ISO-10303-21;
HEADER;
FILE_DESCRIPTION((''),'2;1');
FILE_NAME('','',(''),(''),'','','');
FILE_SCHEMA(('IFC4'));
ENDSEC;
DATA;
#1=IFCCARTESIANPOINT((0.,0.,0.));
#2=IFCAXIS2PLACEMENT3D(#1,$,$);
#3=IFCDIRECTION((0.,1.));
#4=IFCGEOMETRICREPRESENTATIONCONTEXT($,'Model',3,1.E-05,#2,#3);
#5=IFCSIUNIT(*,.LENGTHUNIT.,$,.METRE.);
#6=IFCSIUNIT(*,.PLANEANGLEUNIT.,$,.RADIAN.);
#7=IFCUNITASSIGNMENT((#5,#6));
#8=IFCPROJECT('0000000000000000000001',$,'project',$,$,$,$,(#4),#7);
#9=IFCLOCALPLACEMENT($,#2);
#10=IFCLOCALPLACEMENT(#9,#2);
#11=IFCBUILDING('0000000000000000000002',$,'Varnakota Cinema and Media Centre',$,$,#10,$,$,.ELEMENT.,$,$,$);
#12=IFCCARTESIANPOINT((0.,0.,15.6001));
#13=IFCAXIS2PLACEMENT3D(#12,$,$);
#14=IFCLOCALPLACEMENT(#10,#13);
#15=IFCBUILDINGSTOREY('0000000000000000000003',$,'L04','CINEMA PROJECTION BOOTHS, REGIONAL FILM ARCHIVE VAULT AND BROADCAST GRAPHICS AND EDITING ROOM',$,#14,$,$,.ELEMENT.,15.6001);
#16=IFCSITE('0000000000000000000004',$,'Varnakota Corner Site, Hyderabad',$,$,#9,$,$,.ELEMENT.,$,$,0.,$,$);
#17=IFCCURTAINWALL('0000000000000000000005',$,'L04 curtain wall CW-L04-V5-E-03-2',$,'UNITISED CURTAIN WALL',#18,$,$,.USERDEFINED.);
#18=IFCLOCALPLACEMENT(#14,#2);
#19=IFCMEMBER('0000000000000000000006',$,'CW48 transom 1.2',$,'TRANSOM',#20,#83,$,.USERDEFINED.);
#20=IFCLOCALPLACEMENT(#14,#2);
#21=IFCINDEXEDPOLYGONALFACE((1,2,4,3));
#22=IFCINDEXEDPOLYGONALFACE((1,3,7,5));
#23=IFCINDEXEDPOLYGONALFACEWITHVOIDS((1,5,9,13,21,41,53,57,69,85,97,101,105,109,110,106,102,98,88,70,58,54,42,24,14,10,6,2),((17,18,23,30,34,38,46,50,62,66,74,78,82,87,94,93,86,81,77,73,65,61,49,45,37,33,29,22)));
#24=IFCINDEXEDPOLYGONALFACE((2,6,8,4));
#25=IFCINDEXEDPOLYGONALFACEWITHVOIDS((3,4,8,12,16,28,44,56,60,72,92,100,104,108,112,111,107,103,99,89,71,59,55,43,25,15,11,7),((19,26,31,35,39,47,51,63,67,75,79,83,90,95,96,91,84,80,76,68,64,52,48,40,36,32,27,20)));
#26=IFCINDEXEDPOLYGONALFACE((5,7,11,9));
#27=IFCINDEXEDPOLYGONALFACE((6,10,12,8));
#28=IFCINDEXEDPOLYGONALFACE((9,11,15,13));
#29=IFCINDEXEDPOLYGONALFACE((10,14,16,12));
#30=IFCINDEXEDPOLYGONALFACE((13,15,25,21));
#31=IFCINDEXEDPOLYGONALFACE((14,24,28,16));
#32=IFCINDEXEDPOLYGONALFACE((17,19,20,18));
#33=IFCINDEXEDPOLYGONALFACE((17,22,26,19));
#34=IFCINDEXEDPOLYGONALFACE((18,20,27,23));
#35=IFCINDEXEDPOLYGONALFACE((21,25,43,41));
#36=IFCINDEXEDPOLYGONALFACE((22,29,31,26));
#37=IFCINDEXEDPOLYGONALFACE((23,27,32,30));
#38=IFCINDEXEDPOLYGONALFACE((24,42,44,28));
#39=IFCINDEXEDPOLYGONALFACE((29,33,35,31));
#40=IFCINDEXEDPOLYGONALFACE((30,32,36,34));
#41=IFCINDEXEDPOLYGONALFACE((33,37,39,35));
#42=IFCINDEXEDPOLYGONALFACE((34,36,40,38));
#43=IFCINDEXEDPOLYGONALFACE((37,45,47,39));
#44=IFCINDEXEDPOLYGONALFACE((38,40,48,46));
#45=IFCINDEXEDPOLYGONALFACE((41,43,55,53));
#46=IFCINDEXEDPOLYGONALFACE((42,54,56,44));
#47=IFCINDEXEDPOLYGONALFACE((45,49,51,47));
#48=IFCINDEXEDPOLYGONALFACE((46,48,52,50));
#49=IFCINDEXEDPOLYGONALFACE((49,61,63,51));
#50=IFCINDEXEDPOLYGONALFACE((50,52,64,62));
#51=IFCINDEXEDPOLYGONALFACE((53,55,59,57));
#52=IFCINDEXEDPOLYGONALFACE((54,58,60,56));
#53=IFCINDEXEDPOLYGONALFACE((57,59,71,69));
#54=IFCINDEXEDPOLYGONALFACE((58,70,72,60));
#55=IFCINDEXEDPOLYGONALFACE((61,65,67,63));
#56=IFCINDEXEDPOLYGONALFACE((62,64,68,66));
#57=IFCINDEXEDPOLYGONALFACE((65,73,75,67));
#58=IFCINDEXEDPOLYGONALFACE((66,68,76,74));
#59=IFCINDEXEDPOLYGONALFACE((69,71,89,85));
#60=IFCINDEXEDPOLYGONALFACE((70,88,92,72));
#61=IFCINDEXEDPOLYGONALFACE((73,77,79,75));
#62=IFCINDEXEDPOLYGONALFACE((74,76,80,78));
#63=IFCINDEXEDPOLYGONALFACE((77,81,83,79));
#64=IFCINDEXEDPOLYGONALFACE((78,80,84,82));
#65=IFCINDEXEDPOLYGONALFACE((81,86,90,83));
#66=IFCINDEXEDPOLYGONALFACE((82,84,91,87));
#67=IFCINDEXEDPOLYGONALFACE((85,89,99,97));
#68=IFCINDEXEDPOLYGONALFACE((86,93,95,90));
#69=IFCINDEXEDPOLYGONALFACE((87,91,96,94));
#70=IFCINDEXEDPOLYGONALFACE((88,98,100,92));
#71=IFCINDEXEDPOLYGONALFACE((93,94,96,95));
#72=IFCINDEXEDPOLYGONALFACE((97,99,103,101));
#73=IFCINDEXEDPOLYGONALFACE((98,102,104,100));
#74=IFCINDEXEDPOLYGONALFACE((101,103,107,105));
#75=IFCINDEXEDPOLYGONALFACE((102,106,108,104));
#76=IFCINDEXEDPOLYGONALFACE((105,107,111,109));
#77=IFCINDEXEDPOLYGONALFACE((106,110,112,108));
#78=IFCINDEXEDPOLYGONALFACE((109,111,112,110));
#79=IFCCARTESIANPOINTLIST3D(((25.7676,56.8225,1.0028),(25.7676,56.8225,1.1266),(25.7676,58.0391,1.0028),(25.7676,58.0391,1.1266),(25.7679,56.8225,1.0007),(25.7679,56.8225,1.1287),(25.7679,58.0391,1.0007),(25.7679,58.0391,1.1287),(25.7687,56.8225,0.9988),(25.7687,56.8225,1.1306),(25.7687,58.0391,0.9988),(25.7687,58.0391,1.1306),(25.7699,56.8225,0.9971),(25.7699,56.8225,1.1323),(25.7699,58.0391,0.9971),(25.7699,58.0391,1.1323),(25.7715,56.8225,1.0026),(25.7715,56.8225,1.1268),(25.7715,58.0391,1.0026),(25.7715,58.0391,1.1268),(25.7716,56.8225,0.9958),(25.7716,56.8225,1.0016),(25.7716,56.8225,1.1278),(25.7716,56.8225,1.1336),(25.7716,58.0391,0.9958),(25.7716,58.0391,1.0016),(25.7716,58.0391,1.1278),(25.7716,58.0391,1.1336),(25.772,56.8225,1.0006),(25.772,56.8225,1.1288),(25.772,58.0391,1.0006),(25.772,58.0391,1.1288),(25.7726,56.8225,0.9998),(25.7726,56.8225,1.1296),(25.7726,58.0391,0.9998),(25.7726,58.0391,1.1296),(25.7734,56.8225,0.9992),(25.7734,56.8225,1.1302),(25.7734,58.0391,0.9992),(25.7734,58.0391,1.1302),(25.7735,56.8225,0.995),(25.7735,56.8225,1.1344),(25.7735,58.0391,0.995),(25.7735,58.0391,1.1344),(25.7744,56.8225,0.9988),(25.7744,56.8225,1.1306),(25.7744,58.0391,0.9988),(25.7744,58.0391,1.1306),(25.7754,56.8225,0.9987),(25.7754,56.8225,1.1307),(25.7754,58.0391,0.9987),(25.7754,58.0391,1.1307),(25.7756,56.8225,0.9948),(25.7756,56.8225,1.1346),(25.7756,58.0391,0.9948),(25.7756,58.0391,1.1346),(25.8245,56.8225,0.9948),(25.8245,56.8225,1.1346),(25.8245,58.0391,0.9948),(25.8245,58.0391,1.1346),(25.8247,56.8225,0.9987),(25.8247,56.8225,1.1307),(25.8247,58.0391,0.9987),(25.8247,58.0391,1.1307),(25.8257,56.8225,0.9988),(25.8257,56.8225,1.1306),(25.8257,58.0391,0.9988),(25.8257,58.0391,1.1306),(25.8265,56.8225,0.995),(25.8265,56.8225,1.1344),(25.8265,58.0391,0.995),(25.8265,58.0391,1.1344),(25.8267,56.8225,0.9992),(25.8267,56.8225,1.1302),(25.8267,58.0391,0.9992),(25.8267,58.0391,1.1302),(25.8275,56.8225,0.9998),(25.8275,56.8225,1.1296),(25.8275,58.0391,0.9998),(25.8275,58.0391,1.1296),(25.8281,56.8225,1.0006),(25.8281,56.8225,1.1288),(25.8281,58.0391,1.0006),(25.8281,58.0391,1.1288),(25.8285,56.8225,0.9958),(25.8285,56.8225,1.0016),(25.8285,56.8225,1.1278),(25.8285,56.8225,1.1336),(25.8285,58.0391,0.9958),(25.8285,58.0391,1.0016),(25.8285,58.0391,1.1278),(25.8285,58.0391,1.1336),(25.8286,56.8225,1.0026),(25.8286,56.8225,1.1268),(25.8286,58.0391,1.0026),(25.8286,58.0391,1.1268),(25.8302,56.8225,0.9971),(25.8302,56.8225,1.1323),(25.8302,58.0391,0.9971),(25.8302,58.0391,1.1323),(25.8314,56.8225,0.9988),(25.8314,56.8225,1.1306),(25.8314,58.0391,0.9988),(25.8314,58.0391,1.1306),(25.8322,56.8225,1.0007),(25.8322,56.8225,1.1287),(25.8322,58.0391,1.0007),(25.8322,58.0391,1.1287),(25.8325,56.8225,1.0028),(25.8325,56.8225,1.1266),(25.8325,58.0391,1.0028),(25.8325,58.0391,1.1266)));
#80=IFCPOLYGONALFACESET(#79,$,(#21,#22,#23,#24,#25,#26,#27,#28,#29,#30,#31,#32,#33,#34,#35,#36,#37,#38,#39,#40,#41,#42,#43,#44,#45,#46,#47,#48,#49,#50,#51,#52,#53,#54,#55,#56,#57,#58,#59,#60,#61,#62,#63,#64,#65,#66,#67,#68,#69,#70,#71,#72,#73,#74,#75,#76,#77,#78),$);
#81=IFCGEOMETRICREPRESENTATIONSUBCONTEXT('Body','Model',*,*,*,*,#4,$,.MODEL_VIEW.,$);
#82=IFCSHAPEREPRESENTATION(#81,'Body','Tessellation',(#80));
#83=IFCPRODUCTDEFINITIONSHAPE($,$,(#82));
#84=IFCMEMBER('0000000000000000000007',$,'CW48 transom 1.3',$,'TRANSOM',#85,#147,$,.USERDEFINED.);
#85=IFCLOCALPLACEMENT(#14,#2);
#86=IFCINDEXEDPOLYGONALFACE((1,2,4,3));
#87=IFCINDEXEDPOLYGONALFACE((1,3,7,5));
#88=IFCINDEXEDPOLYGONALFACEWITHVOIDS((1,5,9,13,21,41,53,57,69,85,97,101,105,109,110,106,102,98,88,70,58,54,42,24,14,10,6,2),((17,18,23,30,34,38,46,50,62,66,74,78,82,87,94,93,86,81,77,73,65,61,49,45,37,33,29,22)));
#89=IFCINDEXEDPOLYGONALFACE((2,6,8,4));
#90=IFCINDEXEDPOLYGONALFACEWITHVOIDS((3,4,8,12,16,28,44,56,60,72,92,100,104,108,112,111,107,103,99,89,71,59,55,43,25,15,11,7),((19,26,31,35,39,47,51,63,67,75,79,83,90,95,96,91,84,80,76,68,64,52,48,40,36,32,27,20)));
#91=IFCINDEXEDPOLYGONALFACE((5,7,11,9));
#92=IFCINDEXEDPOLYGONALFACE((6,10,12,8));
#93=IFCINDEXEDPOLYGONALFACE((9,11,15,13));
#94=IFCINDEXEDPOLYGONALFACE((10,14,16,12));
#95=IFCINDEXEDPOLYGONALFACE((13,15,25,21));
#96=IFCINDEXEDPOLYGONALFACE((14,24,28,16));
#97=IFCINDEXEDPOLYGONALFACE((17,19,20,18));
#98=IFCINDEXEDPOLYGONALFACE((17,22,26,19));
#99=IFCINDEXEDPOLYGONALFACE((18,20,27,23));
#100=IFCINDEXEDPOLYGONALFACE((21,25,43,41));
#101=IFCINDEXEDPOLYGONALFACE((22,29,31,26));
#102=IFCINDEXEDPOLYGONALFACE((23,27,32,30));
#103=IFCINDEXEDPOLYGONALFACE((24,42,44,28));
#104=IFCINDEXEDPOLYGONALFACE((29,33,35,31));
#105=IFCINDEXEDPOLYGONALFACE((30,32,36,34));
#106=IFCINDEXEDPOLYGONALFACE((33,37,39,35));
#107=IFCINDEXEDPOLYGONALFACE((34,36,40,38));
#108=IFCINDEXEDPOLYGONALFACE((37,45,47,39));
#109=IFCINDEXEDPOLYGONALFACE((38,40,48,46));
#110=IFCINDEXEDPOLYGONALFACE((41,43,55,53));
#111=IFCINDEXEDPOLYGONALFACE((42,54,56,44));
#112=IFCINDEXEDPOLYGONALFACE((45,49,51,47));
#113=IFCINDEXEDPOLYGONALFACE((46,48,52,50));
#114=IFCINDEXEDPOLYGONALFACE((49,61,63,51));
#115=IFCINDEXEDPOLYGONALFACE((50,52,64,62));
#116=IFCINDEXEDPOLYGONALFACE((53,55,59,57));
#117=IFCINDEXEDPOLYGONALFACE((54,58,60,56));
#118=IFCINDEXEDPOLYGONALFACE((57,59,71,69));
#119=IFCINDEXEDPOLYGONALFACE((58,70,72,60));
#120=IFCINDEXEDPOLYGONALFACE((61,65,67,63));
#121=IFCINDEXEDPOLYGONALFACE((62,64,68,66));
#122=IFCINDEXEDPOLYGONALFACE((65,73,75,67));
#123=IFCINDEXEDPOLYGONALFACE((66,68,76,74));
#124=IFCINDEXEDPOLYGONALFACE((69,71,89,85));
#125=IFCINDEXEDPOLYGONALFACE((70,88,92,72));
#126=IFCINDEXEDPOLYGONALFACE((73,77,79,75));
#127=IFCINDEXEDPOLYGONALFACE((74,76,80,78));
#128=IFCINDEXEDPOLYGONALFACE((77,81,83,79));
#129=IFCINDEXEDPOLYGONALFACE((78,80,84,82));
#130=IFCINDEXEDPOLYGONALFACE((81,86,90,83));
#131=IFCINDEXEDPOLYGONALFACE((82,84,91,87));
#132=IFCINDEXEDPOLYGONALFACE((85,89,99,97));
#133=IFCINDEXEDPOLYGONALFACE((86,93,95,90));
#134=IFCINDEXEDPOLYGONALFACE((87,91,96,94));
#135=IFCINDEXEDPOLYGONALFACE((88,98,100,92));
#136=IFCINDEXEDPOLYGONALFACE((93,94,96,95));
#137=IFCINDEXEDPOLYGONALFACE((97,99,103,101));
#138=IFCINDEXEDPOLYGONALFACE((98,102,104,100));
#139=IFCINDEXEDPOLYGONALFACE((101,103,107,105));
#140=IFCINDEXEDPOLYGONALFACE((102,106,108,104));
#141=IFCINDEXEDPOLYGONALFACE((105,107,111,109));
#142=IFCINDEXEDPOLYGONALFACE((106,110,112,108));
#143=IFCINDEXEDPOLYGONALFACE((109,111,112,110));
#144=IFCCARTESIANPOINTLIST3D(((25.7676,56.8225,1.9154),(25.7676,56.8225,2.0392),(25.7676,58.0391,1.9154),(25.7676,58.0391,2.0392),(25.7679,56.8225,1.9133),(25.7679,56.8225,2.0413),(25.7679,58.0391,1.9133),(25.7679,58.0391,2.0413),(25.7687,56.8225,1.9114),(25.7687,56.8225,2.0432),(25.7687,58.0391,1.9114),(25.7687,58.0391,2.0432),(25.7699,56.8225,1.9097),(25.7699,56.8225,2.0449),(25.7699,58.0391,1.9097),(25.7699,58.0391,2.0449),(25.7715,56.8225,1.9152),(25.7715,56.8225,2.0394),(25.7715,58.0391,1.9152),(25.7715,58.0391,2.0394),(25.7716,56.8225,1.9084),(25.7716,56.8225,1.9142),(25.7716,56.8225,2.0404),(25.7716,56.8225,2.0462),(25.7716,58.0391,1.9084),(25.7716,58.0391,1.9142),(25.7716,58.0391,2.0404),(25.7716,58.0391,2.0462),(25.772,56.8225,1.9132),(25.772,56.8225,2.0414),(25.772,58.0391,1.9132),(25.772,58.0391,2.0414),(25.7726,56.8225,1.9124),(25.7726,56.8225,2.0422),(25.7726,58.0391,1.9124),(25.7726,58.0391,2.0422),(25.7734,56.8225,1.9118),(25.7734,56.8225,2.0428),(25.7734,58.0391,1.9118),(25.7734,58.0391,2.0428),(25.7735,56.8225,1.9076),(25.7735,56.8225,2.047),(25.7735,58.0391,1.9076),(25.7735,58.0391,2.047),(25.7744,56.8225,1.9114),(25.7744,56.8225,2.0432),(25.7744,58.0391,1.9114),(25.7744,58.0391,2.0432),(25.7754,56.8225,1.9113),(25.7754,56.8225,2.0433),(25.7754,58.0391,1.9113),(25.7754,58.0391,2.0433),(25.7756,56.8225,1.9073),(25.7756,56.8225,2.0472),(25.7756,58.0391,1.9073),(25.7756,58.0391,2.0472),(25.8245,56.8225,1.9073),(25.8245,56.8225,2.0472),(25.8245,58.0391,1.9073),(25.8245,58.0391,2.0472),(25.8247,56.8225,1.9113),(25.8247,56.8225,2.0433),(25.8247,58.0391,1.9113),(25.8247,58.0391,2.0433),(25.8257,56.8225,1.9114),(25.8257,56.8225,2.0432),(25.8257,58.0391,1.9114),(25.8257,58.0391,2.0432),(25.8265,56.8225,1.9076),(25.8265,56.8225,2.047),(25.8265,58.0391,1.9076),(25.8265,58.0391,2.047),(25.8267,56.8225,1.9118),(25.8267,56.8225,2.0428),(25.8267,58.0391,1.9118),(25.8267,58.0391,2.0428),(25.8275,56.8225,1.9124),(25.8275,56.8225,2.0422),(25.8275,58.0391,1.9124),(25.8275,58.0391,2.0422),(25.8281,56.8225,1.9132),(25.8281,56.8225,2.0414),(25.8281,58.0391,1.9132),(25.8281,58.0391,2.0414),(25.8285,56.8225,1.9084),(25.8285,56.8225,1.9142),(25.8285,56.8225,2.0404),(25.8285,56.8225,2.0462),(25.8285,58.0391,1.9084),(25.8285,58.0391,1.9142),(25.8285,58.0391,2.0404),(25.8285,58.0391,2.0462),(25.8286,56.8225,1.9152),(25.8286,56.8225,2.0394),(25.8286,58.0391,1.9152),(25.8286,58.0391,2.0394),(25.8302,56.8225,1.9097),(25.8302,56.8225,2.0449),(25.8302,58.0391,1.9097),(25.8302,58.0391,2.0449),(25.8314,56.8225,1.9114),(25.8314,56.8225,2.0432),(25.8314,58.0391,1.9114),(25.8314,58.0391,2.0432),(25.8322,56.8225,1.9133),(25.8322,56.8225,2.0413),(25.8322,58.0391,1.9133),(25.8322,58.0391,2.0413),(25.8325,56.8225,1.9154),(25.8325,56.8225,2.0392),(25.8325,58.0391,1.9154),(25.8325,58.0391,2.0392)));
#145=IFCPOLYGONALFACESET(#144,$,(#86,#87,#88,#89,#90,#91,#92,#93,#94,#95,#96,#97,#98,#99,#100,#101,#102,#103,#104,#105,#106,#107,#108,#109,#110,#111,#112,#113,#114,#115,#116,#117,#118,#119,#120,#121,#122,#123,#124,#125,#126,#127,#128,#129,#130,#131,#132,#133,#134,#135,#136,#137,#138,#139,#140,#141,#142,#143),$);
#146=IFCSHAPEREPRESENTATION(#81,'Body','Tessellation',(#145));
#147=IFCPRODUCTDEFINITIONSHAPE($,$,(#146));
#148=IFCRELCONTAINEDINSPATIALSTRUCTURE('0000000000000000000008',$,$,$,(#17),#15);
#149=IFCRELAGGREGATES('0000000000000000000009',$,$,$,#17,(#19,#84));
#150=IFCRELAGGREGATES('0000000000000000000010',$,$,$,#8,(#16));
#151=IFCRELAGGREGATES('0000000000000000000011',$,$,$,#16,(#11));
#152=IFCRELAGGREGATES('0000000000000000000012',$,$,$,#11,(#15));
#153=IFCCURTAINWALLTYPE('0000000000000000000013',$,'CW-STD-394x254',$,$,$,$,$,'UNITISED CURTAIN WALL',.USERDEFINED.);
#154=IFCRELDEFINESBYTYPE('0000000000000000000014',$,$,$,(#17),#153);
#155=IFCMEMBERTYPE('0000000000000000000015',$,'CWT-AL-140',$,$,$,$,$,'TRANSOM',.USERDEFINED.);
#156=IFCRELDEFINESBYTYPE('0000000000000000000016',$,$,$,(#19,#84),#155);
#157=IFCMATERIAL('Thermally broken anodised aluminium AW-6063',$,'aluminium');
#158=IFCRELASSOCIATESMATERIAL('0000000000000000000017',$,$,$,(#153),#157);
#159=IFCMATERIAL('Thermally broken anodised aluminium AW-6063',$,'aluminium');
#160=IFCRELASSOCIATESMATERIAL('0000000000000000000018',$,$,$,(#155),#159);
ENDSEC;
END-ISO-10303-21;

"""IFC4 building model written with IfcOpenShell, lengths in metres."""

from ifc_helpers import new_model, si_unit, direction, frame, origin, origin_2d, place, context, subcontext, project, spatial, hollow_rectangle, extrude, material, material_profile, profile_set, type_object, element, aggregate, save


model = new_model("IFC4")

# Units and contexts
model_context = context("Model", 3, precision=1e-05, world=origin(), true_north=direction((0.0, 1.0)))
body_context = subcontext(model_context, "Body", "Model", "MODEL_VIEW")
ifc_project = project(units=[si_unit("LENGTHUNIT", "METRE"), si_unit("PLANEANGLEUNIT", "RADIAN")], contexts=[model_context])

# Site, building, storey
site_placement = place(None, origin())
site = spatial("IfcSite", under=ifc_project, at=site_placement, Name="Varnakota Corner Site, Hyderabad", CompositionType="ELEMENT", RefElevation=0.0)
building_placement = place(site_placement, origin())
building = spatial("IfcBuilding", under=site, at=building_placement, Name="Varnakota Cinema and Media Centre", CompositionType="ELEMENT")
storey_placement = place(building_placement, frame((0.0, 0.0, 15.6001)))
storey = spatial("IfcBuildingStorey", under=building, at=storey_placement, Name="L04", Description="CINEMA PROJECTION BOOTHS, REGIONAL FILM ARCHIVE VAULT AND BROADCAST GRAPHICS AND EDITING ROOM", CompositionType="ELEMENT", Elevation=15.6001)

# Curtain wall
ifc_material_1 = material(Name="Thermally broken anodised aluminium AW-6063", Category="aluminium")
curtain_wall_type = type_object("IfcCurtainWallType", Name="CW-STD-394x254", ElementType="UNITISED CURTAIN WALL", PredefinedType="USERDEFINED", material=ifc_material_1)
curtain_wall_1_placement = place(storey_placement, origin())
curtain_wall_1 = element("IfcCurtainWall", 1, at=curtain_wall_1_placement, inside=storey, type_object=curtain_wall_type, Name="L04 curtain wall CW-L04-V5-E-03-2", ObjectType="UNITISED CURTAIN WALL", PredefinedType="USERDEFINED")

# Members
ifc_material_2 = material(Name="Thermally broken anodised aluminium AW-6063", Category="aluminium")
ifc_material_profile_1 = material_profile(ifc_material_2, hollow_rectangle(XDim=0.0649, YDim=0.1399, WallThickness=0.0039, InnerFilletRadius=0.0039, OuterFilletRadius=0.0081, at=origin_2d()), Name="AL-TRANSOM 140x65x4")
ifc_profile_set_1 = profile_set([ifc_material_profile_1], Name="Thermally broken anodised aluminium AW-6063")
member_type_1 = type_object("IfcMemberType", Name="CWT-AL-140", ElementType="TRANSOM", PredefinedType="USERDEFINED", material=ifc_profile_set_1)
member_1_placement = place(storey_placement, frame((25.8, 56.8225, 1.0647), z_axis=(0.0, 1.0, 0.0), x_axis=(-1.0, 0.0, 0.0)))
member_1 = element("IfcMember", 2, at=member_1_placement, type_object=member_type_1, Name="CW48 transom 1.2", ObjectType="TRANSOM", PredefinedType="USERDEFINED", context=body_context, shape_type="SweptSolid", body=[
    extrude(hollow_rectangle(XDim=0.0649, YDim=0.1399, WallThickness=0.0039, InnerFilletRadius=0.0039, OuterFilletRadius=0.0081, at=origin_2d()), origin(), (0.0, 0.0, 1.0), 1.2166),
])
member_2_placement = place(storey_placement, frame((25.8, 56.8225, 1.9773), z_axis=(0.0, 1.0, 0.0), x_axis=(-1.0, 0.0, 0.0)))
member_2 = element("IfcMember", 3, at=member_2_placement, type_object=member_type_1, Name="CW48 transom 1.3", ObjectType="TRANSOM", PredefinedType="USERDEFINED", context=body_context, shape_type="SweptSolid", body=[
    extrude(hollow_rectangle(XDim=0.0649, YDim=0.1399, WallThickness=0.0039, InnerFilletRadius=0.0039, OuterFilletRadius=0.0081, at=origin_2d()), origin(), (0.0, 0.0, 1.0), 1.2166),
])

aggregate(curtain_wall_1, [member_1, member_2])

save(model, "model.ifc")
